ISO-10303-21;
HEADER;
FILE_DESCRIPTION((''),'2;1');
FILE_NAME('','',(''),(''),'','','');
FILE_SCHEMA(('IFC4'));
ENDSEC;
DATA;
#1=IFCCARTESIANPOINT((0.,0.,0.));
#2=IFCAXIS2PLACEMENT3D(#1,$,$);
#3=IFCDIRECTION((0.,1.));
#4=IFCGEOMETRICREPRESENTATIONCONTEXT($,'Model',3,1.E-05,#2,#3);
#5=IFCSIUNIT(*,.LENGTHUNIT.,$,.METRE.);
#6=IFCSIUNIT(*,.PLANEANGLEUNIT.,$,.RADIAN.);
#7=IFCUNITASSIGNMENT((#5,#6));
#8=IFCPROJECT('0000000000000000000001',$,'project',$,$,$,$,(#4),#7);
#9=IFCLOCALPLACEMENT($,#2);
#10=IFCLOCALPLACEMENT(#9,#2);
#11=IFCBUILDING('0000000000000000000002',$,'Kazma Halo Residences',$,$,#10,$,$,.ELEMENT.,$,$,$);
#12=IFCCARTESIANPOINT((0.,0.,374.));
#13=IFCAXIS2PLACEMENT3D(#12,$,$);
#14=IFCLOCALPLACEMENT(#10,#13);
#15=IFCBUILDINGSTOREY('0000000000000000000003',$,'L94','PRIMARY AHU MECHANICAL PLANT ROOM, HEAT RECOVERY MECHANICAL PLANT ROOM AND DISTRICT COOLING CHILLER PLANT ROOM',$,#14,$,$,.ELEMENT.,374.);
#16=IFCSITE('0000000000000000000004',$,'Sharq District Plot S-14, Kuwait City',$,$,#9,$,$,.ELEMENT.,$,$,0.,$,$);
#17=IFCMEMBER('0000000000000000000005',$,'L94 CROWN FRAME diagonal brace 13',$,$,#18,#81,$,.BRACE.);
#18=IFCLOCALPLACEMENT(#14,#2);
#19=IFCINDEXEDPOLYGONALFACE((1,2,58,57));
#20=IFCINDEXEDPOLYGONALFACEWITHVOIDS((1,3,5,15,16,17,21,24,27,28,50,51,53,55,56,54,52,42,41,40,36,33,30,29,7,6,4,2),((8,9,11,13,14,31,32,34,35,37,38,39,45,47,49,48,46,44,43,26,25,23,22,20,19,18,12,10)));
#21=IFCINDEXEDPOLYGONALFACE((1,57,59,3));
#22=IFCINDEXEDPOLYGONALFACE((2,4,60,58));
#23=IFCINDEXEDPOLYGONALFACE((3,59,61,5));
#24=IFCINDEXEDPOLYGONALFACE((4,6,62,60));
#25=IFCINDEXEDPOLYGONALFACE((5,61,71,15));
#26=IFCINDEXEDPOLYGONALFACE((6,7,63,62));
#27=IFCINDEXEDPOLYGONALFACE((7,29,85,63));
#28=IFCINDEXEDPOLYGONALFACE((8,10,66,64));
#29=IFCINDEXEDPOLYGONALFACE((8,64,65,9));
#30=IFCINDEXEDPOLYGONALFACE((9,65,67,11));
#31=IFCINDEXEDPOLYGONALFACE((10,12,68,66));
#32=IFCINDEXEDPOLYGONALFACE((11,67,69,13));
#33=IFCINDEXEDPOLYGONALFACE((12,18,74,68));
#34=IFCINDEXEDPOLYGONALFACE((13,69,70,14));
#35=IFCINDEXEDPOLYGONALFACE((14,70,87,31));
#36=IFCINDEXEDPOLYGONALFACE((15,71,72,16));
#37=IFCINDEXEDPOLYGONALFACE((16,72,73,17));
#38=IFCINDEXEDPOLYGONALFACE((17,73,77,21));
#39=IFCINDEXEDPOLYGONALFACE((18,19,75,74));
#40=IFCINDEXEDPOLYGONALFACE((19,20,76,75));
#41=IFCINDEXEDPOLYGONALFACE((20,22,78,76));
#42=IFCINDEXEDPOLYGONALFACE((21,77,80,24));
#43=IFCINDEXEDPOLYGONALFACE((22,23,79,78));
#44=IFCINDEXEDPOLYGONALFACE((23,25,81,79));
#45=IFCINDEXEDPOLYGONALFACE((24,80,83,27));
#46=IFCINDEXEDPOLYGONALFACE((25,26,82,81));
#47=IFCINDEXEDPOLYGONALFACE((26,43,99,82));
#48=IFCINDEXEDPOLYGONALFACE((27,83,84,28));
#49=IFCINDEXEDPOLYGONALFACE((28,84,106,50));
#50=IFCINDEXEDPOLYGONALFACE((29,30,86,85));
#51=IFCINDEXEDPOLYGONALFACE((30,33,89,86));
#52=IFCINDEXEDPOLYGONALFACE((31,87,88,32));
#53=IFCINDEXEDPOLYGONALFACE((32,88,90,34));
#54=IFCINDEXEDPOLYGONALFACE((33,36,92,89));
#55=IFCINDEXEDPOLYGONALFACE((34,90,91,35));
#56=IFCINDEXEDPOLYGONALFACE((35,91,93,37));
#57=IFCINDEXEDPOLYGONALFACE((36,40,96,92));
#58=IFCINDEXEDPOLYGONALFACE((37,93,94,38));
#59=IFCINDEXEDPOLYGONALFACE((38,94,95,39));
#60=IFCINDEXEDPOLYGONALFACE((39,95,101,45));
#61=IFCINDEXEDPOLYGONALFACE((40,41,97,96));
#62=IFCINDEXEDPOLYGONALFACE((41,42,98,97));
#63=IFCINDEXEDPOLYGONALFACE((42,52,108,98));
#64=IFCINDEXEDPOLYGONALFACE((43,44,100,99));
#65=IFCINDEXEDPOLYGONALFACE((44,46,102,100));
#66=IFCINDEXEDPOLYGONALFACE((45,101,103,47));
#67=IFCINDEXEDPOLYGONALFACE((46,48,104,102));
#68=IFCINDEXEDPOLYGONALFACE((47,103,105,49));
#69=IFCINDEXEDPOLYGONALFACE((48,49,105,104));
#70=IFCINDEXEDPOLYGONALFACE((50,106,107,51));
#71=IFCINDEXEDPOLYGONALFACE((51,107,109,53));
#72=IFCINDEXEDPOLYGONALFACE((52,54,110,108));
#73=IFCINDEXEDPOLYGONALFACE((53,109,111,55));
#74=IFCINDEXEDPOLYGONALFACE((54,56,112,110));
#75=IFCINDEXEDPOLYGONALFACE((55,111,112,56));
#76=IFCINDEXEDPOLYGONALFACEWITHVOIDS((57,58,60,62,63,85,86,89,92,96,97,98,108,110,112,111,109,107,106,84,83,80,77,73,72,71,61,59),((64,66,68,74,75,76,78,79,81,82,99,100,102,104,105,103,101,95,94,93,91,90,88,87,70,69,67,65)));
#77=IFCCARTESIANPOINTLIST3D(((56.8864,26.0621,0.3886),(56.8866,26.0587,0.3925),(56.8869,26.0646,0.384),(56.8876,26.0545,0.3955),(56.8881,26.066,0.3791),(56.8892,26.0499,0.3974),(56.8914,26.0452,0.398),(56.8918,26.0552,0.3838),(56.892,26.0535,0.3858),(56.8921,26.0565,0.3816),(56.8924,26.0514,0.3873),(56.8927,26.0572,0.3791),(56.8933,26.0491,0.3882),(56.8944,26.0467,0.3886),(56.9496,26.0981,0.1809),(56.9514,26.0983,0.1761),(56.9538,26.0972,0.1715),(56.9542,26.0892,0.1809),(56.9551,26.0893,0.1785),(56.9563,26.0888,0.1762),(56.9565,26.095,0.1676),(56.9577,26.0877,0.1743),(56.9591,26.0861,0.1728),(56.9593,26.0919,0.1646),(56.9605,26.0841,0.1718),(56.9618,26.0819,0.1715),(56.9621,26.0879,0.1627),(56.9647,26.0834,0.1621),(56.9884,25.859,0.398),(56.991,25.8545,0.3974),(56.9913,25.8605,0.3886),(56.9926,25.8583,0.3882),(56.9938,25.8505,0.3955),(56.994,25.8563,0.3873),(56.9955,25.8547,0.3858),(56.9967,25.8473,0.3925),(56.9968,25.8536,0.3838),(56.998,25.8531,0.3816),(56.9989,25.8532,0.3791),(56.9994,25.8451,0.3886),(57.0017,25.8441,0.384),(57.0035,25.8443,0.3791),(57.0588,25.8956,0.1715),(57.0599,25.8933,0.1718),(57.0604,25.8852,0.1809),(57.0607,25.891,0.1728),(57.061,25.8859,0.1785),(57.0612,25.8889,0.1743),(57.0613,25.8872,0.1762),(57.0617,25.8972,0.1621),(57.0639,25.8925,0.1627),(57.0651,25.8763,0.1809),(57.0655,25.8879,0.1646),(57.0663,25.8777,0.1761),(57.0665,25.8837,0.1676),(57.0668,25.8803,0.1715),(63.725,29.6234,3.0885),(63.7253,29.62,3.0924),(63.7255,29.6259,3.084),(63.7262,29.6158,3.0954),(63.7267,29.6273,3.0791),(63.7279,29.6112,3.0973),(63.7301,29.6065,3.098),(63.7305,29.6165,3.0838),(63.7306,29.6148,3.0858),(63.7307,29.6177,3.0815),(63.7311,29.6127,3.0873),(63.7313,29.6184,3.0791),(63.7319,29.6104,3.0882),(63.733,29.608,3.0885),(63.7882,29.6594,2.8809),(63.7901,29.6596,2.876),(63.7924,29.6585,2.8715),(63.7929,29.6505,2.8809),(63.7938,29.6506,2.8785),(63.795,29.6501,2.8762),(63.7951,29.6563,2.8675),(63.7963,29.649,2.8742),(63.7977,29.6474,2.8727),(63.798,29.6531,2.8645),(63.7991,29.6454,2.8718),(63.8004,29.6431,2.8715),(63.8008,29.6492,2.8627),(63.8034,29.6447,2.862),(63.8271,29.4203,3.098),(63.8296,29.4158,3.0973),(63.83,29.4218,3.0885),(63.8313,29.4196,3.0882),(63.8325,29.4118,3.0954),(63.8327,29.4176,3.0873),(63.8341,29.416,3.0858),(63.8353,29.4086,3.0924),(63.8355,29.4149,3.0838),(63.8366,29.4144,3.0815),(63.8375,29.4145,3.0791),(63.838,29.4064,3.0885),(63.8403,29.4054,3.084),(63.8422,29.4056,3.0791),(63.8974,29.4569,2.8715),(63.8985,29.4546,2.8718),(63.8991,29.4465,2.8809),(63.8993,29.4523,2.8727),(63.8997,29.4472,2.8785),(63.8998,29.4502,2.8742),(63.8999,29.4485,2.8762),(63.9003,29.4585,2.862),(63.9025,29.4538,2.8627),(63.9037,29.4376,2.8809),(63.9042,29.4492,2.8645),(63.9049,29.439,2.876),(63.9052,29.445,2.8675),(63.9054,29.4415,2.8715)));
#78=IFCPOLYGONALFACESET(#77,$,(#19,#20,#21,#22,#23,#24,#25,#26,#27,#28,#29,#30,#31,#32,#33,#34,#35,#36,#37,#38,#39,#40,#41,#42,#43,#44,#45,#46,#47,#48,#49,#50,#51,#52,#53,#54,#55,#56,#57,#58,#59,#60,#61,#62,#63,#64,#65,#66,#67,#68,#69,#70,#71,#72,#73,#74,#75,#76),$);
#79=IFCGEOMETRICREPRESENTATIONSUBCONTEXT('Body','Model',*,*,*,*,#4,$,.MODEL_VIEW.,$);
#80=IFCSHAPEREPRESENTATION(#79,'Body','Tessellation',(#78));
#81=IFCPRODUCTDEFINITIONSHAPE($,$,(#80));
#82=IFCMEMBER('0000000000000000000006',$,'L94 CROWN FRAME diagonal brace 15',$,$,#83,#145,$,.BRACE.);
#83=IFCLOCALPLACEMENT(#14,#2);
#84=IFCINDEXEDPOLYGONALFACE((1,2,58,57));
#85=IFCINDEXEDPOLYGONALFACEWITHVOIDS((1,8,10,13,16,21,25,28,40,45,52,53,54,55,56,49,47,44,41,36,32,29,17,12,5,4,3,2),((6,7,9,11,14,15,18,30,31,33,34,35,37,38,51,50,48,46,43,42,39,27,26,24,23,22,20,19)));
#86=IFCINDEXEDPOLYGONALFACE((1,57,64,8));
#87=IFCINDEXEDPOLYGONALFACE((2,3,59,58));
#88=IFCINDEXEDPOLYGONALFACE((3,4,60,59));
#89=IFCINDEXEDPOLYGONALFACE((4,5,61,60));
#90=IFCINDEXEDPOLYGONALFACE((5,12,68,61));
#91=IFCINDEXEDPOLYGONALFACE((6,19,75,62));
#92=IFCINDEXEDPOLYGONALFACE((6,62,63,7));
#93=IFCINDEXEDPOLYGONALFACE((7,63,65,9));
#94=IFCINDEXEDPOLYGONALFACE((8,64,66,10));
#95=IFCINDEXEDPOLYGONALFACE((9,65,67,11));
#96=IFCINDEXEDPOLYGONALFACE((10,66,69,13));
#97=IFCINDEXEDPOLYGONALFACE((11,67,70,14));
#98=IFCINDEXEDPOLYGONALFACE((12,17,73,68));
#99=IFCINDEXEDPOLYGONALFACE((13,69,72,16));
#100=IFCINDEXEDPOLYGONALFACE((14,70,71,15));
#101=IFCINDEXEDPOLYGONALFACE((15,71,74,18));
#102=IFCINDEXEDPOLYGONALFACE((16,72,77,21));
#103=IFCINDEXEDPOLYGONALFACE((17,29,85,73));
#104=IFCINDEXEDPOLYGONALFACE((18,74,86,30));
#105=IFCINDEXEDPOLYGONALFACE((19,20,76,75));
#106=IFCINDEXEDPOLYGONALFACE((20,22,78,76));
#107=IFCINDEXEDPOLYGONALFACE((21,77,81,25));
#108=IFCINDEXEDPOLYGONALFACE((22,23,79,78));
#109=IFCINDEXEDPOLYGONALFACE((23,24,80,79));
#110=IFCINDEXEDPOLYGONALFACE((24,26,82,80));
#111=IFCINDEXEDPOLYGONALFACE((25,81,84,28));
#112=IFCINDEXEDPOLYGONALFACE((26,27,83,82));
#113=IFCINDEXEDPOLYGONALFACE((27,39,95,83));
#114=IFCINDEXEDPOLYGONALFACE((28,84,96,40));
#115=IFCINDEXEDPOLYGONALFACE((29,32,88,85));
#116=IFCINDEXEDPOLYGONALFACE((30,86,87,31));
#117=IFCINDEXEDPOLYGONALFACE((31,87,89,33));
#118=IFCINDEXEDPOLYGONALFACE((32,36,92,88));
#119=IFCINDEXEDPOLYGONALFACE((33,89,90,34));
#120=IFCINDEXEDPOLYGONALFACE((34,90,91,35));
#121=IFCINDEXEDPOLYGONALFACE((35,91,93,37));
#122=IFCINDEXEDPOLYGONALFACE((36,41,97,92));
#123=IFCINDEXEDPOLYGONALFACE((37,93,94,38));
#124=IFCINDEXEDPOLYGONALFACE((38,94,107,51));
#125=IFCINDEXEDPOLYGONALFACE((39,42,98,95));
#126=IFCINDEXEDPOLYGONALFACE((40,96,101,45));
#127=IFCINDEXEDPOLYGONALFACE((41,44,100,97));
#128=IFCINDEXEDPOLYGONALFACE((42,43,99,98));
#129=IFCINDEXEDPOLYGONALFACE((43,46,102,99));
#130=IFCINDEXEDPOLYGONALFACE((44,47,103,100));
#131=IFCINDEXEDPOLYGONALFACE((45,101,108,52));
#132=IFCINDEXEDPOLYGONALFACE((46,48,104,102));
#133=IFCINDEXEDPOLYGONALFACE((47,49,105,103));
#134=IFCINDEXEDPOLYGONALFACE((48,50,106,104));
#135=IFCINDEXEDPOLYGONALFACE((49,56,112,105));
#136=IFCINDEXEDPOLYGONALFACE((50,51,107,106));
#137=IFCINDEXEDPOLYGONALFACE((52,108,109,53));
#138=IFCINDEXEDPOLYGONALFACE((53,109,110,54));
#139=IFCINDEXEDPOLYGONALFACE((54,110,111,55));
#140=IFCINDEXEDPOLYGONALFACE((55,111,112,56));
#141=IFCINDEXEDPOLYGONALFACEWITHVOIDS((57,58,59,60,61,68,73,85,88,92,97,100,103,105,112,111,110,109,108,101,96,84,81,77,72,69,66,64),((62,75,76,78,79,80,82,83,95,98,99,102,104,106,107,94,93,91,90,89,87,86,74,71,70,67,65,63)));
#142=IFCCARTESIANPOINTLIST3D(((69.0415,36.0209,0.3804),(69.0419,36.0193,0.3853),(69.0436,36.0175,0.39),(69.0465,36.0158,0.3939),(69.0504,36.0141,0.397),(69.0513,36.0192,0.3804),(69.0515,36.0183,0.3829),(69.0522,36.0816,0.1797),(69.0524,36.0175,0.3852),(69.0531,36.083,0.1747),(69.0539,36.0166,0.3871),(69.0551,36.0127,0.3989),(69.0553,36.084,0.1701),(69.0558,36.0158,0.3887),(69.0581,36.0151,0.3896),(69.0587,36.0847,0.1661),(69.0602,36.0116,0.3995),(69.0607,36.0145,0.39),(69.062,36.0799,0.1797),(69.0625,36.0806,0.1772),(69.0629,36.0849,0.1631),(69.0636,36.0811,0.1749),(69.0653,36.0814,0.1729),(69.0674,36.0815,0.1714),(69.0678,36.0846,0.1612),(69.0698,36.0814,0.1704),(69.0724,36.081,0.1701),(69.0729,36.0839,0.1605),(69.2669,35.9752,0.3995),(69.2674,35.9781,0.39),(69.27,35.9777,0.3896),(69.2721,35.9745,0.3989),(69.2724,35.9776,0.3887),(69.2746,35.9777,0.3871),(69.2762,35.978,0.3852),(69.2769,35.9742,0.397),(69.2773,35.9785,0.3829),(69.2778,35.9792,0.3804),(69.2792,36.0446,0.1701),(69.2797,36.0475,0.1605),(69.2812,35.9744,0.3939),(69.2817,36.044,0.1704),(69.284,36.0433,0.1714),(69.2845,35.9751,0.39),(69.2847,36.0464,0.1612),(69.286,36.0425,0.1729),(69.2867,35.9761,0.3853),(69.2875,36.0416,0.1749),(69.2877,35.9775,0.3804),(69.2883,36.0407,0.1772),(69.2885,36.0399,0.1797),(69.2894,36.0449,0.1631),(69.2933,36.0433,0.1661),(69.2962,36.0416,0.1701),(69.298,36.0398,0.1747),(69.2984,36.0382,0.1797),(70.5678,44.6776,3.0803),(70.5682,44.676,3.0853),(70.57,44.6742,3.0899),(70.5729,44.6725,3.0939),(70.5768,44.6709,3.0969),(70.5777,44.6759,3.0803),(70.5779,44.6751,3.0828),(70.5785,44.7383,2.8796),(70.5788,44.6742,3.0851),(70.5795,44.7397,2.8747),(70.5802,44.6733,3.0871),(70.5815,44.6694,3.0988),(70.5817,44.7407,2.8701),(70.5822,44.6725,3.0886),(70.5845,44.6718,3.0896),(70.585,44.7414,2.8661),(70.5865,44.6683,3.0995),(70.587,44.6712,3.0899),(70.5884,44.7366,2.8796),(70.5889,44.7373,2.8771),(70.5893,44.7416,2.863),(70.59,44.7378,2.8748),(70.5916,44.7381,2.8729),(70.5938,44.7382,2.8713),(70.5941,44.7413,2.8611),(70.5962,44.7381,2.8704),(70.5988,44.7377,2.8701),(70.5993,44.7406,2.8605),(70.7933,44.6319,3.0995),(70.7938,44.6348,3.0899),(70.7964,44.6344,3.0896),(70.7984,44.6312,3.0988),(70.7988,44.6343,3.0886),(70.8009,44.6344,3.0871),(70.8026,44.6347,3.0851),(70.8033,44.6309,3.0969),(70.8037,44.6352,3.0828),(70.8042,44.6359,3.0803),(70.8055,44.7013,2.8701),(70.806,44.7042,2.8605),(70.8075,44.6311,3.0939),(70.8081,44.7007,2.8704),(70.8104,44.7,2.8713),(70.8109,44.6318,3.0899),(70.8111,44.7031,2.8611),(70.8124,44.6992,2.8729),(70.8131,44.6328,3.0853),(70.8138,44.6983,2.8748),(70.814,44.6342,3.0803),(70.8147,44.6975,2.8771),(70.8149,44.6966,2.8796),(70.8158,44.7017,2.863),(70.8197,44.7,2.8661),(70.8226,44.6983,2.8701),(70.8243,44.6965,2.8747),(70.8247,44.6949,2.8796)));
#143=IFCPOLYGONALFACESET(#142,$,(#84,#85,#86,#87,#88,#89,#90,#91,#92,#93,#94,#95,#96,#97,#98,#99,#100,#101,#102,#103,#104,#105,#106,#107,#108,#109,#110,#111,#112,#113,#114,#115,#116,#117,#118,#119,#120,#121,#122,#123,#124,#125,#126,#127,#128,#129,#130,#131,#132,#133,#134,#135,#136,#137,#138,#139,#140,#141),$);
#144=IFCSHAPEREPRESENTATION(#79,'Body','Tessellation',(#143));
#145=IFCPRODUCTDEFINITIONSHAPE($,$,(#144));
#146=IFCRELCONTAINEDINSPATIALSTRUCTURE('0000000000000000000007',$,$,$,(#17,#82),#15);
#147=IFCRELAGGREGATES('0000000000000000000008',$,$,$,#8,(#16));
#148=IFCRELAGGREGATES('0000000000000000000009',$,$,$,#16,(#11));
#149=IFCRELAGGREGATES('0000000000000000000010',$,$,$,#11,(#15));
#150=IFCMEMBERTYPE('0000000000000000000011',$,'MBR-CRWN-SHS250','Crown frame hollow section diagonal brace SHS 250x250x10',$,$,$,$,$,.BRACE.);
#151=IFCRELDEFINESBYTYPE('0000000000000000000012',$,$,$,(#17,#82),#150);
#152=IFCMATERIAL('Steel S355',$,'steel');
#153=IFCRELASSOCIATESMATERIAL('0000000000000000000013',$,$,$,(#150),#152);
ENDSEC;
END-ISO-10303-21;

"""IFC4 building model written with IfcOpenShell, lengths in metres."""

from ifc_helpers import new_model, si_unit, direction, frame, origin, origin_2d, place, context, subcontext, project, spatial, hollow_rectangle, extrude, material, material_profile, profile_set, type_object, element, save


model = new_model("IFC4")

# Units and contexts
model_context = context("Model", 3, precision=1e-05, world=origin(), true_north=direction((0.0, 1.0)))
body_context = subcontext(model_context, "Body", "Model", "MODEL_VIEW")
ifc_project = project(units=[si_unit("LENGTHUNIT", "METRE"), si_unit("PLANEANGLEUNIT", "RADIAN")], contexts=[model_context])

# Site, building, storey
site_placement = place(None, origin())
site = spatial("IfcSite", under=ifc_project, at=site_placement, Name="Sharq District Plot S-14, Kuwait City", CompositionType="ELEMENT", RefElevation=0.0)
building_placement = place(site_placement, origin())
building = spatial("IfcBuilding", under=site, at=building_placement, Name="Kazma Halo Residences", CompositionType="ELEMENT")
storey_placement = place(building_placement, frame((0.0, 0.0, 374.0)))
storey = spatial("IfcBuildingStorey", under=building, at=storey_placement, Name="L94", Description="PRIMARY AHU MECHANICAL PLANT ROOM, HEAT RECOVERY MECHANICAL PLANT ROOM AND DISTRICT COOLING CHILLER PLANT ROOM", CompositionType="ELEMENT", Elevation=374.0)

# Shared definitions
ifc_material_1 = material(Name="Steel S355", Category="steel")

# Members
ifc_material_profile_1 = material_profile(ifc_material_1, hollow_rectangle(XDim=0.25, YDim=0.25, WallThickness=0.01, InnerFilletRadius=0.01, OuterFilletRadius=0.02, at=origin_2d()), Name="SHS250x250x10")
ifc_profile_set_1 = profile_set([ifc_material_profile_1], Name="Steel S355")
member_type_1 = type_object("IfcMemberType", Name="MBR-CRWN-SHS250", Description="Crown frame hollow section diagonal brace SHS 250x250x10", PredefinedType="BRACE", material=ifc_profile_set_1)
member_1_placement = place(storey_placement, frame((56.9766, 25.9712, 0.28), z_axis=(0.837102, 0.435929, 0.330495), x_axis=(-0.461883, 0.886941, 0.0)))
element("IfcMember", 1, at=member_1_placement, inside=storey, type_object=member_type_1, Name="L94 CROWN FRAME diagonal brace 13", PredefinedType="BRACE", context=body_context, shape_type="SweptSolid", body=[
    extrude(hollow_rectangle(XDim=0.25, YDim=0.25, WallThickness=0.01, InnerFilletRadius=0.01, OuterFilletRadius=0.02, at=origin_2d()), origin(), (0.0, 0.0, 1.0), 8.1694),
])
member_2_placement = place(storey_placement, frame((69.1699, 36.0295, 0.28), z_axis=(0.165989, 0.941402, 0.293614), x_axis=(-0.984809, 0.173643, 0.0)))
element("IfcMember", 2, at=member_2_placement, inside=storey, type_object=member_type_1, Name="L94 CROWN FRAME diagonal brace 15", PredefinedType="BRACE", context=body_context, shape_type="SweptSolid", body=[
    extrude(hollow_rectangle(XDim=0.25, YDim=0.25, WallThickness=0.01, InnerFilletRadius=0.01, OuterFilletRadius=0.02, at=origin_2d()), origin(), (0.0, 0.0, 1.0), 9.1956),
])

save(model, "model.ifc")
